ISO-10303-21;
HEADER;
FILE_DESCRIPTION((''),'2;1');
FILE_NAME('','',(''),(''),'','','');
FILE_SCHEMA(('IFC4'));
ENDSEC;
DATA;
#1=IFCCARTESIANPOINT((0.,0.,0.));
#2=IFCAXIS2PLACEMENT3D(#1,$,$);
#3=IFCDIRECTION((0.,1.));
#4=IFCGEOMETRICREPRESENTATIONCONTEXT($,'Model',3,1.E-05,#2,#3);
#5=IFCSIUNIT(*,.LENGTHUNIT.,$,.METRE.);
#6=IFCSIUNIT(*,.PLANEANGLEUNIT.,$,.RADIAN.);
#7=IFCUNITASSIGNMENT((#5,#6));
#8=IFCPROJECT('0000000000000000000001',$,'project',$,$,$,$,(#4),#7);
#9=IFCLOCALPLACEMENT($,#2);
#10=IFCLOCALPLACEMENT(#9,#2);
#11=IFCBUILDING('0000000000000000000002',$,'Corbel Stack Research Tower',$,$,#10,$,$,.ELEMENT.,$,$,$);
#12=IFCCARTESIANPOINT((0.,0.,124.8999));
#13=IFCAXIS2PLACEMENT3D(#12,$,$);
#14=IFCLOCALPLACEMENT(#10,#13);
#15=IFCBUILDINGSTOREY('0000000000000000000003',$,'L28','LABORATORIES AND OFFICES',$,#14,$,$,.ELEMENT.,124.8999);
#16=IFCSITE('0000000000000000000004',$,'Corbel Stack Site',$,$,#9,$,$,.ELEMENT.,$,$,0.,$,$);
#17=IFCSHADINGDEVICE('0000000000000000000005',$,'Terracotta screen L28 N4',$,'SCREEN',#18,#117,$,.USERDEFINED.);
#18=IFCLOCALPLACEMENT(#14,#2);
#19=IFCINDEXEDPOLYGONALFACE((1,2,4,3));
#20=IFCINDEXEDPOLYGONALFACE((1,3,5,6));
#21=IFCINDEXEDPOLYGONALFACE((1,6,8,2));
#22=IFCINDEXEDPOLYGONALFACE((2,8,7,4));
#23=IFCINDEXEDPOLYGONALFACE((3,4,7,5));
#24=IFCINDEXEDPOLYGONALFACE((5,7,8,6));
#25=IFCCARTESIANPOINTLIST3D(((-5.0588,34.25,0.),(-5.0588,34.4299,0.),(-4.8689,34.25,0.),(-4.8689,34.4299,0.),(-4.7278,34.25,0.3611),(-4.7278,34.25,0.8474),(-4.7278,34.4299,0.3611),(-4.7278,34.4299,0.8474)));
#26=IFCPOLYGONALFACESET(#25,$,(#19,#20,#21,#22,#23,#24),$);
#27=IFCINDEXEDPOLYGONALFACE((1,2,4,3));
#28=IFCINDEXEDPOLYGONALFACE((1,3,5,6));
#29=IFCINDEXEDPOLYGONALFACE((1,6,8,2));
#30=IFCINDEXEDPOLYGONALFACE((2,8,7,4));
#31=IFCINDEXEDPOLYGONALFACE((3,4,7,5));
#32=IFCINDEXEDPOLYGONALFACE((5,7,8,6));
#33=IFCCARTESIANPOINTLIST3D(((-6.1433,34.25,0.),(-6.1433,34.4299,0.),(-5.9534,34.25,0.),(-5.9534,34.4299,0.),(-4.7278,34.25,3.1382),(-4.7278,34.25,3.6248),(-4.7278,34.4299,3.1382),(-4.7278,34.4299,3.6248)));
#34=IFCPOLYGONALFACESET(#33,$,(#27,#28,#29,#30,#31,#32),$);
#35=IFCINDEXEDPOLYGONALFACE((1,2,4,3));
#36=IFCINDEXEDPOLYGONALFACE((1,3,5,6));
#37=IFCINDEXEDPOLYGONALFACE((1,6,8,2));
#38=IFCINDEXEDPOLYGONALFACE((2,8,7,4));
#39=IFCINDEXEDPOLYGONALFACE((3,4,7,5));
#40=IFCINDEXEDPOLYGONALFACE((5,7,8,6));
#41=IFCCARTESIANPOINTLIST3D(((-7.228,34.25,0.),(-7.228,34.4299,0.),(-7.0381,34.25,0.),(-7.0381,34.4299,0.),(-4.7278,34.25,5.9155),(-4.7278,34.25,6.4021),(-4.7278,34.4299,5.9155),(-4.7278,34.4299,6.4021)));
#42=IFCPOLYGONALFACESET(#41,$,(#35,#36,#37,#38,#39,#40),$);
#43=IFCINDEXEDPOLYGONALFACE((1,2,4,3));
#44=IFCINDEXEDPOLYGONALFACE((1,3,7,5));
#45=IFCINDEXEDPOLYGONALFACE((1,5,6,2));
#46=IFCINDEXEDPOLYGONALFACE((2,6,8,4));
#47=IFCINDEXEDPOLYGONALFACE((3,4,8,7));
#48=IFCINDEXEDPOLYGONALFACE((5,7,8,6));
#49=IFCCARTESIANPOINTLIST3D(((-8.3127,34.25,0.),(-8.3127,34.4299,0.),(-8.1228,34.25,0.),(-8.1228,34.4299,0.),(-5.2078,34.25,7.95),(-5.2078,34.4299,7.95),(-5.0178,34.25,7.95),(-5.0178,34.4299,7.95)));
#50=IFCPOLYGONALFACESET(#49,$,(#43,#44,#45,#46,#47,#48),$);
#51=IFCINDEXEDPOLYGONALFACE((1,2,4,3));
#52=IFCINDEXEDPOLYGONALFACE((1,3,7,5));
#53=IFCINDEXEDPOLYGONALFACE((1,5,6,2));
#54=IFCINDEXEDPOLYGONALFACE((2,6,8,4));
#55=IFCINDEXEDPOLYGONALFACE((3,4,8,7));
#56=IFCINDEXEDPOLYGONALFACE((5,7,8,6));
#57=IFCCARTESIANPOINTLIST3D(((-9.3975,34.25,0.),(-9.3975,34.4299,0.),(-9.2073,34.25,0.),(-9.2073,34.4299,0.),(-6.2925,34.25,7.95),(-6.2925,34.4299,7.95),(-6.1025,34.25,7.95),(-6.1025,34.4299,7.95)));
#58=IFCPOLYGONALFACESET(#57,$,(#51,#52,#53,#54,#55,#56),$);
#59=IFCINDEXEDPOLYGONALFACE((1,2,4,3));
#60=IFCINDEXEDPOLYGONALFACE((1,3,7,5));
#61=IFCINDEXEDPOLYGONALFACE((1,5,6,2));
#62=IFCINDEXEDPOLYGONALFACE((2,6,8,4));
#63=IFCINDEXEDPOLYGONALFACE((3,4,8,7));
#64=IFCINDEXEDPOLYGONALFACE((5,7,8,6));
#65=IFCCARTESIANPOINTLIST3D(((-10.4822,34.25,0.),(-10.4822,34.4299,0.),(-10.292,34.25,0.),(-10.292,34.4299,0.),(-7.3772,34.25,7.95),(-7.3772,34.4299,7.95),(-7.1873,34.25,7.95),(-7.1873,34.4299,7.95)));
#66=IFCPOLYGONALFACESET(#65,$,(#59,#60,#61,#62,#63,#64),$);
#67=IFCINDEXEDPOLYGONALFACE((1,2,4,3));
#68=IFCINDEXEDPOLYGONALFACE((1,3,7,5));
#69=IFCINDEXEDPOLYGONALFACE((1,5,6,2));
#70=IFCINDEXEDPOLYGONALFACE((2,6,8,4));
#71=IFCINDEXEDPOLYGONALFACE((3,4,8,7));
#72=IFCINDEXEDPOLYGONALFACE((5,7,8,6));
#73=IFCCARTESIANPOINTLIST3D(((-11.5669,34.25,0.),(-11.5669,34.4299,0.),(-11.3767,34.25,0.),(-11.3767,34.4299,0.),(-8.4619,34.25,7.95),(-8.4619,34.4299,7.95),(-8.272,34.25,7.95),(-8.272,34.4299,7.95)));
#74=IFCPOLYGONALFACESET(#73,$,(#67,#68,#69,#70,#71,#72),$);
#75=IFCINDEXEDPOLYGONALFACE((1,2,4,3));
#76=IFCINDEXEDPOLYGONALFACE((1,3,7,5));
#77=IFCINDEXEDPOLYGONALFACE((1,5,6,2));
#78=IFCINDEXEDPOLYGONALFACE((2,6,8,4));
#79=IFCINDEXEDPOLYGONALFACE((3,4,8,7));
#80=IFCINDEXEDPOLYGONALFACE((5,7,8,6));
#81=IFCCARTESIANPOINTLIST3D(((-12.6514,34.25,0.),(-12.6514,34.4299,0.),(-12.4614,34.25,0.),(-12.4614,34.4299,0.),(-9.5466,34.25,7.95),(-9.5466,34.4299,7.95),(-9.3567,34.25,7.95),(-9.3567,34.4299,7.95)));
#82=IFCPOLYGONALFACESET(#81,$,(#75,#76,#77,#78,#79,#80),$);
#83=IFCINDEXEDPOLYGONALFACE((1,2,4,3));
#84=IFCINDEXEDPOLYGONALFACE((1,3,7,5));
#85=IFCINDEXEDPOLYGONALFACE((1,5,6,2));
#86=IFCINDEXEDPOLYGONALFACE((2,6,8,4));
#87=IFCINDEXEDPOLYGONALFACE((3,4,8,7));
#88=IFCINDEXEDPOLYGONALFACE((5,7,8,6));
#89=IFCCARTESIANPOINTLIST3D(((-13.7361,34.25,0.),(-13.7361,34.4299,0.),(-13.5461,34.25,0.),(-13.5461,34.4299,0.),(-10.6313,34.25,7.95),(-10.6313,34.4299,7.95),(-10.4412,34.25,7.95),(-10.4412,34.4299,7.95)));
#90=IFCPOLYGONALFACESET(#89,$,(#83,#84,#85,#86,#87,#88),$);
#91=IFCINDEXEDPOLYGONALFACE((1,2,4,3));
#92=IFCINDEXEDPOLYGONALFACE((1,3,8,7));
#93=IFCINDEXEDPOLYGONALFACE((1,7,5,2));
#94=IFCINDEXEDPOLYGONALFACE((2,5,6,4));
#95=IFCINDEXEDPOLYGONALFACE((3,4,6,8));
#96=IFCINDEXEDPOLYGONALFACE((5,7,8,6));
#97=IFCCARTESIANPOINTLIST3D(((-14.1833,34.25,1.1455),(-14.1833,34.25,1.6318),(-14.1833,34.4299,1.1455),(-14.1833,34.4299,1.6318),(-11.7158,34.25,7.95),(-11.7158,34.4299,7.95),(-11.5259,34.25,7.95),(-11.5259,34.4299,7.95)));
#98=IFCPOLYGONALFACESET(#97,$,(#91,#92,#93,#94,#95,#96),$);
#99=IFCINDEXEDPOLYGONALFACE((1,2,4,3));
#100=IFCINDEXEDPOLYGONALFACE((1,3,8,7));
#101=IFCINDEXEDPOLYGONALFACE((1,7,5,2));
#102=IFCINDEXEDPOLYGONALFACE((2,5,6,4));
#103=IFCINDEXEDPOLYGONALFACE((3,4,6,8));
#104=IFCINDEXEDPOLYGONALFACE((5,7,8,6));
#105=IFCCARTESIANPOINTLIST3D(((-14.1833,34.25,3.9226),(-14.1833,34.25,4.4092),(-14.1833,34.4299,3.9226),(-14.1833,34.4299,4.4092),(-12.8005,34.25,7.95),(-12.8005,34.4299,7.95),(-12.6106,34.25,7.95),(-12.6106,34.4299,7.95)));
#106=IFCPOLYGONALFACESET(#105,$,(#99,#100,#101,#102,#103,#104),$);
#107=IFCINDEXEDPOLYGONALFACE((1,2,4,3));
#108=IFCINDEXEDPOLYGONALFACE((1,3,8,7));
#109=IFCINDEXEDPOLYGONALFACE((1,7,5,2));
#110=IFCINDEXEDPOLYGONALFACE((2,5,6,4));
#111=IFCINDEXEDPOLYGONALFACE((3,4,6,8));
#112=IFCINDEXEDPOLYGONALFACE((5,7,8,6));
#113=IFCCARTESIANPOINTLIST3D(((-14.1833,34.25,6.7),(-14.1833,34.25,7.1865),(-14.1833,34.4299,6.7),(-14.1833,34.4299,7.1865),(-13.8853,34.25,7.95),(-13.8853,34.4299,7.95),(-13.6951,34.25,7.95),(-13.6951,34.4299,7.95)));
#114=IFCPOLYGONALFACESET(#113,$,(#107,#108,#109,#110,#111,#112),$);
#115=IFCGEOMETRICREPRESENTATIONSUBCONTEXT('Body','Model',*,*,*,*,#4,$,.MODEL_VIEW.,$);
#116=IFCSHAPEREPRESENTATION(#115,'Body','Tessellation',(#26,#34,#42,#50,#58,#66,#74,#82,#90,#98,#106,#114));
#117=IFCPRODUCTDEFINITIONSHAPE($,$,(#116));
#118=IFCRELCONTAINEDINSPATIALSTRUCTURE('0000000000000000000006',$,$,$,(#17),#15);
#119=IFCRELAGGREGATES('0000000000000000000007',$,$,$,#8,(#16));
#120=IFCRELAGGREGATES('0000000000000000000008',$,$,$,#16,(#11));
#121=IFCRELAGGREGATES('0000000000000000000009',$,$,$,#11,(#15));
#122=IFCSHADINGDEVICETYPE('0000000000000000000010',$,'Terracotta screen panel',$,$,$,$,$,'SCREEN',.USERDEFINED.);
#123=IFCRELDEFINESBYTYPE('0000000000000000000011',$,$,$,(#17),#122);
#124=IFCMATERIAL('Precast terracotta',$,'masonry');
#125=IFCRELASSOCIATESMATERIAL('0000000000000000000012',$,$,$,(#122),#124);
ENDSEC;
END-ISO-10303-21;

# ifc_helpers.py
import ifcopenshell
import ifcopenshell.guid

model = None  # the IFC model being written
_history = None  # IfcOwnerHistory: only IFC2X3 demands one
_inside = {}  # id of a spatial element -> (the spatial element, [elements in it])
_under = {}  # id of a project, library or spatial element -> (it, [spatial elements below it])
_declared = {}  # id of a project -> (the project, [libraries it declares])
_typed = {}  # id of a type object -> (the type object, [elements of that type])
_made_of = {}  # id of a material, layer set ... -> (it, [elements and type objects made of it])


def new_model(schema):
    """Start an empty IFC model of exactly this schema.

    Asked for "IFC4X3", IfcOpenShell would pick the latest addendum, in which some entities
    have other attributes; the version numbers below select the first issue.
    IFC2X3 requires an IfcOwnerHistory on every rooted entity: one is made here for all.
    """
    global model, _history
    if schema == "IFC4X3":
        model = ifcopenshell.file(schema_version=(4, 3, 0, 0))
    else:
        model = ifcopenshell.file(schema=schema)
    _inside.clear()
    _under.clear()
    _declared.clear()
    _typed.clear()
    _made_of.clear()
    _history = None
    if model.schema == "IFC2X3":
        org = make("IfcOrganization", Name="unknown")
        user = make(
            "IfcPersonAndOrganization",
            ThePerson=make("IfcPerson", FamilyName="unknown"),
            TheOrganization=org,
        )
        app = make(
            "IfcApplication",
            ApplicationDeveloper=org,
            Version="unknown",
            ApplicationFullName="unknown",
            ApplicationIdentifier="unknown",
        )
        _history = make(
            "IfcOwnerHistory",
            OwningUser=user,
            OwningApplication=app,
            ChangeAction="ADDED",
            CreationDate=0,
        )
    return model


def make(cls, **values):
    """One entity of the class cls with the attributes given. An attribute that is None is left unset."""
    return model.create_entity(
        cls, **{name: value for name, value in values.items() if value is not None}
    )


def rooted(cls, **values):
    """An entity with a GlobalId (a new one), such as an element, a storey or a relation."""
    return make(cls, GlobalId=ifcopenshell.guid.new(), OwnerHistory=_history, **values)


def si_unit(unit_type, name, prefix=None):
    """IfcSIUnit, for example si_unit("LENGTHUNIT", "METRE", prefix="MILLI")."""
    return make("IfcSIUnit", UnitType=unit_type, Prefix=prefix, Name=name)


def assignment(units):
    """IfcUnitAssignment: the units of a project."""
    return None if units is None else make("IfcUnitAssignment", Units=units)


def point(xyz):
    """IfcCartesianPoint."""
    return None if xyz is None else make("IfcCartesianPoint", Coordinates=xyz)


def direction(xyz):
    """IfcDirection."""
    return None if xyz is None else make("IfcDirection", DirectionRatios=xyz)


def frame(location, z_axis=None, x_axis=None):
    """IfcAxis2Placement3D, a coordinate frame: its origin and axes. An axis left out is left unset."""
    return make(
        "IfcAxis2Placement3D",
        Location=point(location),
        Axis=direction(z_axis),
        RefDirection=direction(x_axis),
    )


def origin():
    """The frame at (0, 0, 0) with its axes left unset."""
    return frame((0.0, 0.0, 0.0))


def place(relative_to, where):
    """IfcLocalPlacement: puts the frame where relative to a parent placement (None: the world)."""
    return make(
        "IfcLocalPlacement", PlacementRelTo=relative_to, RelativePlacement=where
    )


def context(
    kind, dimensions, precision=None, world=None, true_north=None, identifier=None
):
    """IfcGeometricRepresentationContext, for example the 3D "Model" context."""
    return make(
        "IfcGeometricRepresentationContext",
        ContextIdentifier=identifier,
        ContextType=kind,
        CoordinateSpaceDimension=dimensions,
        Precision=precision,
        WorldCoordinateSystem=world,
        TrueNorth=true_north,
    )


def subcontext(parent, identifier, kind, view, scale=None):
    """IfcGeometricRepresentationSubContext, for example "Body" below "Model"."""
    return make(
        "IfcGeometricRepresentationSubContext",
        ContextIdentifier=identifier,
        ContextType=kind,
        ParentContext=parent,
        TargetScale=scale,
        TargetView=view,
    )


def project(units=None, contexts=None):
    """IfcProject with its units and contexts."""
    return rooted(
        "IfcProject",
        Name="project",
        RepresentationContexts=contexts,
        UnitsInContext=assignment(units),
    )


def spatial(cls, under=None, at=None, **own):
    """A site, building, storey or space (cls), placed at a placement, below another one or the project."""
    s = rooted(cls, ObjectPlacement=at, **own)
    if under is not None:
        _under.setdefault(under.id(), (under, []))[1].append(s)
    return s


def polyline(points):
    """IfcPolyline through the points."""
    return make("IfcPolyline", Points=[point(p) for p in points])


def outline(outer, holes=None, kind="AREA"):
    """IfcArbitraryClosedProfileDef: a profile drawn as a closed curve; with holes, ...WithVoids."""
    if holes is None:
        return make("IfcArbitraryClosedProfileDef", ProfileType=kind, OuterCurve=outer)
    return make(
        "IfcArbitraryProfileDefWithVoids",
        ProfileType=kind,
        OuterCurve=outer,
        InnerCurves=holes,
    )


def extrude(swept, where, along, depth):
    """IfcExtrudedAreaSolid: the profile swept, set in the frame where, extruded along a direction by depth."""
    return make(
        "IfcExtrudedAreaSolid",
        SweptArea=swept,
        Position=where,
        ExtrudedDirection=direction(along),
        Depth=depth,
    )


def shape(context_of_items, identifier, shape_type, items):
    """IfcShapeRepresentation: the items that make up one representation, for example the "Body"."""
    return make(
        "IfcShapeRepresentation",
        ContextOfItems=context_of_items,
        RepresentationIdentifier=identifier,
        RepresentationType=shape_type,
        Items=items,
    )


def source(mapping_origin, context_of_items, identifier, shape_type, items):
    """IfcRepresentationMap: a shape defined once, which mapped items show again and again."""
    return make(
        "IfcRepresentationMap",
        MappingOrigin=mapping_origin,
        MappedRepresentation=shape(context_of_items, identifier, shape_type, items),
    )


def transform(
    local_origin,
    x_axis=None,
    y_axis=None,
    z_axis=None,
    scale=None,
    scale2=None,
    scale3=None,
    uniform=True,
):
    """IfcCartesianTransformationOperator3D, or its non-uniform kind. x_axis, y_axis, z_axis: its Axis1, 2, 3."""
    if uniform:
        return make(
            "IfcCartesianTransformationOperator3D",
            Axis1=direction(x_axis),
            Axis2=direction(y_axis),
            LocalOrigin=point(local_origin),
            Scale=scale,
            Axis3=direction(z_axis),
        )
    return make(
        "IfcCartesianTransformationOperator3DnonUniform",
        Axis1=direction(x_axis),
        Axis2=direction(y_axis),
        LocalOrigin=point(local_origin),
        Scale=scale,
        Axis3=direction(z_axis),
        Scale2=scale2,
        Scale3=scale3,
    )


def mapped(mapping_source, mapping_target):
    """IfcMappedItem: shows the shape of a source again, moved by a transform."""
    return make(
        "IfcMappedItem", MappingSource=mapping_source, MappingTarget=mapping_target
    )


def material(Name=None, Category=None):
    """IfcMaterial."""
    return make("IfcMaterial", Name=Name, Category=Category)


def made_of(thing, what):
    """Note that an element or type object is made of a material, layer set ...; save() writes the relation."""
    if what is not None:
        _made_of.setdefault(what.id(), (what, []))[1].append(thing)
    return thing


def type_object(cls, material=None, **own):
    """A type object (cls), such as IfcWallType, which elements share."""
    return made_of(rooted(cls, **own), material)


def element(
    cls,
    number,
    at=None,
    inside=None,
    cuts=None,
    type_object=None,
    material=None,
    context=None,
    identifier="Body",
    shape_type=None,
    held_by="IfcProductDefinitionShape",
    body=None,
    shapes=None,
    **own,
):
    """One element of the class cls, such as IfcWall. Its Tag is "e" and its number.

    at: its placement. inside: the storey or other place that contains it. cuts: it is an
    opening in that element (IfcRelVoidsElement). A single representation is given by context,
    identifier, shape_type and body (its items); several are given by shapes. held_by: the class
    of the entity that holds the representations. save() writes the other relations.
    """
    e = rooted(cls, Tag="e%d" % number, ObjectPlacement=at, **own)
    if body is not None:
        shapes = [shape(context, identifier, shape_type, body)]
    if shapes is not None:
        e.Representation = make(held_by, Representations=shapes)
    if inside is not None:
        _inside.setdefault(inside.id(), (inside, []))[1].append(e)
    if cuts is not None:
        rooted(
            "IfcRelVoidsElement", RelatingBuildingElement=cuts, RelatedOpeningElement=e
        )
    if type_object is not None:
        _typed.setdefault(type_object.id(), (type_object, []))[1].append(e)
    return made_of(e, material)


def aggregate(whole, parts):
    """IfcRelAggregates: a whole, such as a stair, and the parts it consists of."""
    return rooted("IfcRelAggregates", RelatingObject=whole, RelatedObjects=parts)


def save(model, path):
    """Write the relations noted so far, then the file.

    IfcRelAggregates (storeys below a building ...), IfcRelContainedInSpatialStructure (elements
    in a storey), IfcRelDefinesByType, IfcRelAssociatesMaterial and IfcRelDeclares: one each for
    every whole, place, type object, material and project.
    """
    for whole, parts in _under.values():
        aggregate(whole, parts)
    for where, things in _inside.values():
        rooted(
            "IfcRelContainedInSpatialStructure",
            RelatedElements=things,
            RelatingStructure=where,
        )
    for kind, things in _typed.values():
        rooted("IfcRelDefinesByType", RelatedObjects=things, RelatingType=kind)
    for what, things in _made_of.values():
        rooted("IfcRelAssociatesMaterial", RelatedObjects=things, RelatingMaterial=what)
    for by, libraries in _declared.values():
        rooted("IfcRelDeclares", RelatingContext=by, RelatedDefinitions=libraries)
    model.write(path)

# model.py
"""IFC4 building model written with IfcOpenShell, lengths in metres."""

from ifc_helpers import new_model, si_unit, direction, frame, origin, place, context, subcontext, project, spatial, polyline, outline, extrude, source, transform, mapped, material, type_object, element, save


model = new_model("IFC4")

# Units and contexts
model_context = context("Model", 3, precision=1e-05, world=origin(), true_north=direction((0.0, 1.0)))
body_context = subcontext(model_context, "Body", "Model", "MODEL_VIEW")
ifc_project = project(units=[si_unit("LENGTHUNIT", "METRE"), si_unit("PLANEANGLEUNIT", "RADIAN")], contexts=[model_context])

# Site, building, storey
site_placement = place(None, origin())
site = spatial("IfcSite", under=ifc_project, at=site_placement, Name="Corbel Stack Site", CompositionType="ELEMENT", RefElevation=0.0)
building_placement = place(site_placement, origin())
building = spatial("IfcBuilding", under=site, at=building_placement, Name="Corbel Stack Research Tower", CompositionType="ELEMENT")
storey_placement = place(building_placement, frame((0.0, 0.0, 124.8999)))
storey = spatial("IfcBuildingStorey", under=building, at=storey_placement, Name="L28", Description="LABORATORIES AND OFFICES", CompositionType="ELEMENT", Elevation=124.8999)

# Shading device
ifc_material_1 = material(Name="Precast terracotta", Category="masonry")
shading_device_type = type_object("IfcShadingDeviceType", Name="Terracotta screen panel", ElementType="SCREEN", PredefinedType="USERDEFINED", material=ifc_material_1)
shared_shape_1 = source(origin(), body_context, "Body", "SweptSolid", [
    extrude(outline(polyline([(0.3311, 0.0), (0.0, 0.8474), (0.0, 0.3611), (0.1411, 0.0), (0.3311, 0.0)])), frame((0.0, 0.0, 0.0), z_axis=(0.0, -1.0, 0.0), x_axis=(1.0, 0.0, 0.0)), (0.0, 0.0, 1.0), 0.1799),
    extrude(outline(polyline([(1.4155, 0.0), (0.0, 3.6248), (0.0, 3.1382), (1.2256, 0.0), (1.4155, 0.0)])), frame((0.0, 0.0, 0.0), z_axis=(0.0, -1.0, 0.0), x_axis=(1.0, 0.0, 0.0)), (0.0, 0.0, 1.0), 0.1799),
    extrude(outline(polyline([(2.5002, 0.0), (0.0, 6.4021), (0.0, 5.9155), (2.3103, 0.0), (2.5002, 0.0)])), frame((0.0, 0.0, 0.0), z_axis=(0.0, -1.0, 0.0), x_axis=(1.0, 0.0, 0.0)), (0.0, 0.0, 1.0), 0.1799),
    extrude(outline(polyline([(3.585, 0.0), (0.48, 7.95), (0.29, 7.95), (3.395, 0.0), (3.585, 0.0)])), frame((0.0, 0.0, 0.0), z_axis=(0.0, -1.0, 0.0), x_axis=(1.0, 0.0, 0.0)), (0.0, 0.0, 1.0), 0.1799),
    extrude(outline(polyline([(4.6697, 0.0), (1.5647, 7.95), (1.3748, 7.95), (4.4795, 0.0), (4.6697, 0.0)])), frame((0.0, 0.0, 0.0), z_axis=(0.0, -1.0, 0.0), x_axis=(1.0, 0.0, 0.0)), (0.0, 0.0, 1.0), 0.1799),
    extrude(outline(polyline([(5.7544, 0.0), (2.6494, 7.95), (2.4595, 7.95), (5.5642, 0.0), (5.7544, 0.0)])), frame((0.0, 0.0, 0.0), z_axis=(0.0, -1.0, 0.0), x_axis=(1.0, 0.0, 0.0)), (0.0, 0.0, 1.0), 0.1799),
    extrude(outline(polyline([(6.8391, 0.0), (3.7341, 7.95), (3.5442, 7.95), (6.6489, 0.0), (6.8391, 0.0)])), frame((0.0, 0.0, 0.0), z_axis=(0.0, -1.0, 0.0), x_axis=(1.0, 0.0, 0.0)), (0.0, 0.0, 1.0), 0.1799),
    extrude(outline(polyline([(7.9236, 0.0), (4.8188, 7.95), (4.6289, 7.95), (7.7336, 0.0), (7.9236, 0.0)])), frame((0.0, 0.0, 0.0), z_axis=(0.0, -1.0, 0.0), x_axis=(1.0, 0.0, 0.0)), (0.0, 0.0, 1.0), 0.1799),
    extrude(outline(polyline([(9.0083, 0.0), (5.9036, 7.95), (5.7134, 7.95), (8.8184, 0.0), (9.0083, 0.0)])), frame((0.0, 0.0, 0.0), z_axis=(0.0, -1.0, 0.0), x_axis=(1.0, 0.0, 0.0)), (0.0, 0.0, 1.0), 0.1799),
    extrude(outline(polyline([(6.988, 7.95), (6.7981, 7.95), (9.4556, 1.1455), (9.4556, 1.6318), (6.988, 7.95)])), frame((0.0, 0.0, 0.0), z_axis=(0.0, -1.0, 0.0), x_axis=(1.0, 0.0, 0.0)), (0.0, 0.0, 1.0), 0.1799),
    extrude(outline(polyline([(8.0728, 7.95), (7.8828, 7.95), (9.4556, 3.9226), (9.4556, 4.4092), (8.0728, 7.95)])), frame((0.0, 0.0, 0.0), z_axis=(0.0, -1.0, 0.0), x_axis=(1.0, 0.0, 0.0)), (0.0, 0.0, 1.0), 0.1799),
    extrude(outline(polyline([(9.1575, 7.95), (8.9673, 7.95), (9.4556, 6.7), (9.4556, 7.1865), (9.1575, 7.95)])), frame((0.0, 0.0, 0.0), z_axis=(0.0, -1.0, 0.0), x_axis=(1.0, 0.0, 0.0)), (0.0, 0.0, 1.0), 0.1799),
])
shading_device_1_placement = place(storey_placement, frame((-4.7278, 34.25, 0.0), z_axis=(0.0, 0.0, 1.0), x_axis=(-1.0, 0.0, 0.0)))
element("IfcShadingDevice", 1, at=shading_device_1_placement, inside=storey, type_object=shading_device_type, Name="Terracotta screen L28 N4", ObjectType="SCREEN", PredefinedType="USERDEFINED", context=body_context, shape_type="MappedRepresentation", body=[
    mapped(shared_shape_1, transform((0.0, 0.0, 0.0))),
])

save(model, "model.ifc")
